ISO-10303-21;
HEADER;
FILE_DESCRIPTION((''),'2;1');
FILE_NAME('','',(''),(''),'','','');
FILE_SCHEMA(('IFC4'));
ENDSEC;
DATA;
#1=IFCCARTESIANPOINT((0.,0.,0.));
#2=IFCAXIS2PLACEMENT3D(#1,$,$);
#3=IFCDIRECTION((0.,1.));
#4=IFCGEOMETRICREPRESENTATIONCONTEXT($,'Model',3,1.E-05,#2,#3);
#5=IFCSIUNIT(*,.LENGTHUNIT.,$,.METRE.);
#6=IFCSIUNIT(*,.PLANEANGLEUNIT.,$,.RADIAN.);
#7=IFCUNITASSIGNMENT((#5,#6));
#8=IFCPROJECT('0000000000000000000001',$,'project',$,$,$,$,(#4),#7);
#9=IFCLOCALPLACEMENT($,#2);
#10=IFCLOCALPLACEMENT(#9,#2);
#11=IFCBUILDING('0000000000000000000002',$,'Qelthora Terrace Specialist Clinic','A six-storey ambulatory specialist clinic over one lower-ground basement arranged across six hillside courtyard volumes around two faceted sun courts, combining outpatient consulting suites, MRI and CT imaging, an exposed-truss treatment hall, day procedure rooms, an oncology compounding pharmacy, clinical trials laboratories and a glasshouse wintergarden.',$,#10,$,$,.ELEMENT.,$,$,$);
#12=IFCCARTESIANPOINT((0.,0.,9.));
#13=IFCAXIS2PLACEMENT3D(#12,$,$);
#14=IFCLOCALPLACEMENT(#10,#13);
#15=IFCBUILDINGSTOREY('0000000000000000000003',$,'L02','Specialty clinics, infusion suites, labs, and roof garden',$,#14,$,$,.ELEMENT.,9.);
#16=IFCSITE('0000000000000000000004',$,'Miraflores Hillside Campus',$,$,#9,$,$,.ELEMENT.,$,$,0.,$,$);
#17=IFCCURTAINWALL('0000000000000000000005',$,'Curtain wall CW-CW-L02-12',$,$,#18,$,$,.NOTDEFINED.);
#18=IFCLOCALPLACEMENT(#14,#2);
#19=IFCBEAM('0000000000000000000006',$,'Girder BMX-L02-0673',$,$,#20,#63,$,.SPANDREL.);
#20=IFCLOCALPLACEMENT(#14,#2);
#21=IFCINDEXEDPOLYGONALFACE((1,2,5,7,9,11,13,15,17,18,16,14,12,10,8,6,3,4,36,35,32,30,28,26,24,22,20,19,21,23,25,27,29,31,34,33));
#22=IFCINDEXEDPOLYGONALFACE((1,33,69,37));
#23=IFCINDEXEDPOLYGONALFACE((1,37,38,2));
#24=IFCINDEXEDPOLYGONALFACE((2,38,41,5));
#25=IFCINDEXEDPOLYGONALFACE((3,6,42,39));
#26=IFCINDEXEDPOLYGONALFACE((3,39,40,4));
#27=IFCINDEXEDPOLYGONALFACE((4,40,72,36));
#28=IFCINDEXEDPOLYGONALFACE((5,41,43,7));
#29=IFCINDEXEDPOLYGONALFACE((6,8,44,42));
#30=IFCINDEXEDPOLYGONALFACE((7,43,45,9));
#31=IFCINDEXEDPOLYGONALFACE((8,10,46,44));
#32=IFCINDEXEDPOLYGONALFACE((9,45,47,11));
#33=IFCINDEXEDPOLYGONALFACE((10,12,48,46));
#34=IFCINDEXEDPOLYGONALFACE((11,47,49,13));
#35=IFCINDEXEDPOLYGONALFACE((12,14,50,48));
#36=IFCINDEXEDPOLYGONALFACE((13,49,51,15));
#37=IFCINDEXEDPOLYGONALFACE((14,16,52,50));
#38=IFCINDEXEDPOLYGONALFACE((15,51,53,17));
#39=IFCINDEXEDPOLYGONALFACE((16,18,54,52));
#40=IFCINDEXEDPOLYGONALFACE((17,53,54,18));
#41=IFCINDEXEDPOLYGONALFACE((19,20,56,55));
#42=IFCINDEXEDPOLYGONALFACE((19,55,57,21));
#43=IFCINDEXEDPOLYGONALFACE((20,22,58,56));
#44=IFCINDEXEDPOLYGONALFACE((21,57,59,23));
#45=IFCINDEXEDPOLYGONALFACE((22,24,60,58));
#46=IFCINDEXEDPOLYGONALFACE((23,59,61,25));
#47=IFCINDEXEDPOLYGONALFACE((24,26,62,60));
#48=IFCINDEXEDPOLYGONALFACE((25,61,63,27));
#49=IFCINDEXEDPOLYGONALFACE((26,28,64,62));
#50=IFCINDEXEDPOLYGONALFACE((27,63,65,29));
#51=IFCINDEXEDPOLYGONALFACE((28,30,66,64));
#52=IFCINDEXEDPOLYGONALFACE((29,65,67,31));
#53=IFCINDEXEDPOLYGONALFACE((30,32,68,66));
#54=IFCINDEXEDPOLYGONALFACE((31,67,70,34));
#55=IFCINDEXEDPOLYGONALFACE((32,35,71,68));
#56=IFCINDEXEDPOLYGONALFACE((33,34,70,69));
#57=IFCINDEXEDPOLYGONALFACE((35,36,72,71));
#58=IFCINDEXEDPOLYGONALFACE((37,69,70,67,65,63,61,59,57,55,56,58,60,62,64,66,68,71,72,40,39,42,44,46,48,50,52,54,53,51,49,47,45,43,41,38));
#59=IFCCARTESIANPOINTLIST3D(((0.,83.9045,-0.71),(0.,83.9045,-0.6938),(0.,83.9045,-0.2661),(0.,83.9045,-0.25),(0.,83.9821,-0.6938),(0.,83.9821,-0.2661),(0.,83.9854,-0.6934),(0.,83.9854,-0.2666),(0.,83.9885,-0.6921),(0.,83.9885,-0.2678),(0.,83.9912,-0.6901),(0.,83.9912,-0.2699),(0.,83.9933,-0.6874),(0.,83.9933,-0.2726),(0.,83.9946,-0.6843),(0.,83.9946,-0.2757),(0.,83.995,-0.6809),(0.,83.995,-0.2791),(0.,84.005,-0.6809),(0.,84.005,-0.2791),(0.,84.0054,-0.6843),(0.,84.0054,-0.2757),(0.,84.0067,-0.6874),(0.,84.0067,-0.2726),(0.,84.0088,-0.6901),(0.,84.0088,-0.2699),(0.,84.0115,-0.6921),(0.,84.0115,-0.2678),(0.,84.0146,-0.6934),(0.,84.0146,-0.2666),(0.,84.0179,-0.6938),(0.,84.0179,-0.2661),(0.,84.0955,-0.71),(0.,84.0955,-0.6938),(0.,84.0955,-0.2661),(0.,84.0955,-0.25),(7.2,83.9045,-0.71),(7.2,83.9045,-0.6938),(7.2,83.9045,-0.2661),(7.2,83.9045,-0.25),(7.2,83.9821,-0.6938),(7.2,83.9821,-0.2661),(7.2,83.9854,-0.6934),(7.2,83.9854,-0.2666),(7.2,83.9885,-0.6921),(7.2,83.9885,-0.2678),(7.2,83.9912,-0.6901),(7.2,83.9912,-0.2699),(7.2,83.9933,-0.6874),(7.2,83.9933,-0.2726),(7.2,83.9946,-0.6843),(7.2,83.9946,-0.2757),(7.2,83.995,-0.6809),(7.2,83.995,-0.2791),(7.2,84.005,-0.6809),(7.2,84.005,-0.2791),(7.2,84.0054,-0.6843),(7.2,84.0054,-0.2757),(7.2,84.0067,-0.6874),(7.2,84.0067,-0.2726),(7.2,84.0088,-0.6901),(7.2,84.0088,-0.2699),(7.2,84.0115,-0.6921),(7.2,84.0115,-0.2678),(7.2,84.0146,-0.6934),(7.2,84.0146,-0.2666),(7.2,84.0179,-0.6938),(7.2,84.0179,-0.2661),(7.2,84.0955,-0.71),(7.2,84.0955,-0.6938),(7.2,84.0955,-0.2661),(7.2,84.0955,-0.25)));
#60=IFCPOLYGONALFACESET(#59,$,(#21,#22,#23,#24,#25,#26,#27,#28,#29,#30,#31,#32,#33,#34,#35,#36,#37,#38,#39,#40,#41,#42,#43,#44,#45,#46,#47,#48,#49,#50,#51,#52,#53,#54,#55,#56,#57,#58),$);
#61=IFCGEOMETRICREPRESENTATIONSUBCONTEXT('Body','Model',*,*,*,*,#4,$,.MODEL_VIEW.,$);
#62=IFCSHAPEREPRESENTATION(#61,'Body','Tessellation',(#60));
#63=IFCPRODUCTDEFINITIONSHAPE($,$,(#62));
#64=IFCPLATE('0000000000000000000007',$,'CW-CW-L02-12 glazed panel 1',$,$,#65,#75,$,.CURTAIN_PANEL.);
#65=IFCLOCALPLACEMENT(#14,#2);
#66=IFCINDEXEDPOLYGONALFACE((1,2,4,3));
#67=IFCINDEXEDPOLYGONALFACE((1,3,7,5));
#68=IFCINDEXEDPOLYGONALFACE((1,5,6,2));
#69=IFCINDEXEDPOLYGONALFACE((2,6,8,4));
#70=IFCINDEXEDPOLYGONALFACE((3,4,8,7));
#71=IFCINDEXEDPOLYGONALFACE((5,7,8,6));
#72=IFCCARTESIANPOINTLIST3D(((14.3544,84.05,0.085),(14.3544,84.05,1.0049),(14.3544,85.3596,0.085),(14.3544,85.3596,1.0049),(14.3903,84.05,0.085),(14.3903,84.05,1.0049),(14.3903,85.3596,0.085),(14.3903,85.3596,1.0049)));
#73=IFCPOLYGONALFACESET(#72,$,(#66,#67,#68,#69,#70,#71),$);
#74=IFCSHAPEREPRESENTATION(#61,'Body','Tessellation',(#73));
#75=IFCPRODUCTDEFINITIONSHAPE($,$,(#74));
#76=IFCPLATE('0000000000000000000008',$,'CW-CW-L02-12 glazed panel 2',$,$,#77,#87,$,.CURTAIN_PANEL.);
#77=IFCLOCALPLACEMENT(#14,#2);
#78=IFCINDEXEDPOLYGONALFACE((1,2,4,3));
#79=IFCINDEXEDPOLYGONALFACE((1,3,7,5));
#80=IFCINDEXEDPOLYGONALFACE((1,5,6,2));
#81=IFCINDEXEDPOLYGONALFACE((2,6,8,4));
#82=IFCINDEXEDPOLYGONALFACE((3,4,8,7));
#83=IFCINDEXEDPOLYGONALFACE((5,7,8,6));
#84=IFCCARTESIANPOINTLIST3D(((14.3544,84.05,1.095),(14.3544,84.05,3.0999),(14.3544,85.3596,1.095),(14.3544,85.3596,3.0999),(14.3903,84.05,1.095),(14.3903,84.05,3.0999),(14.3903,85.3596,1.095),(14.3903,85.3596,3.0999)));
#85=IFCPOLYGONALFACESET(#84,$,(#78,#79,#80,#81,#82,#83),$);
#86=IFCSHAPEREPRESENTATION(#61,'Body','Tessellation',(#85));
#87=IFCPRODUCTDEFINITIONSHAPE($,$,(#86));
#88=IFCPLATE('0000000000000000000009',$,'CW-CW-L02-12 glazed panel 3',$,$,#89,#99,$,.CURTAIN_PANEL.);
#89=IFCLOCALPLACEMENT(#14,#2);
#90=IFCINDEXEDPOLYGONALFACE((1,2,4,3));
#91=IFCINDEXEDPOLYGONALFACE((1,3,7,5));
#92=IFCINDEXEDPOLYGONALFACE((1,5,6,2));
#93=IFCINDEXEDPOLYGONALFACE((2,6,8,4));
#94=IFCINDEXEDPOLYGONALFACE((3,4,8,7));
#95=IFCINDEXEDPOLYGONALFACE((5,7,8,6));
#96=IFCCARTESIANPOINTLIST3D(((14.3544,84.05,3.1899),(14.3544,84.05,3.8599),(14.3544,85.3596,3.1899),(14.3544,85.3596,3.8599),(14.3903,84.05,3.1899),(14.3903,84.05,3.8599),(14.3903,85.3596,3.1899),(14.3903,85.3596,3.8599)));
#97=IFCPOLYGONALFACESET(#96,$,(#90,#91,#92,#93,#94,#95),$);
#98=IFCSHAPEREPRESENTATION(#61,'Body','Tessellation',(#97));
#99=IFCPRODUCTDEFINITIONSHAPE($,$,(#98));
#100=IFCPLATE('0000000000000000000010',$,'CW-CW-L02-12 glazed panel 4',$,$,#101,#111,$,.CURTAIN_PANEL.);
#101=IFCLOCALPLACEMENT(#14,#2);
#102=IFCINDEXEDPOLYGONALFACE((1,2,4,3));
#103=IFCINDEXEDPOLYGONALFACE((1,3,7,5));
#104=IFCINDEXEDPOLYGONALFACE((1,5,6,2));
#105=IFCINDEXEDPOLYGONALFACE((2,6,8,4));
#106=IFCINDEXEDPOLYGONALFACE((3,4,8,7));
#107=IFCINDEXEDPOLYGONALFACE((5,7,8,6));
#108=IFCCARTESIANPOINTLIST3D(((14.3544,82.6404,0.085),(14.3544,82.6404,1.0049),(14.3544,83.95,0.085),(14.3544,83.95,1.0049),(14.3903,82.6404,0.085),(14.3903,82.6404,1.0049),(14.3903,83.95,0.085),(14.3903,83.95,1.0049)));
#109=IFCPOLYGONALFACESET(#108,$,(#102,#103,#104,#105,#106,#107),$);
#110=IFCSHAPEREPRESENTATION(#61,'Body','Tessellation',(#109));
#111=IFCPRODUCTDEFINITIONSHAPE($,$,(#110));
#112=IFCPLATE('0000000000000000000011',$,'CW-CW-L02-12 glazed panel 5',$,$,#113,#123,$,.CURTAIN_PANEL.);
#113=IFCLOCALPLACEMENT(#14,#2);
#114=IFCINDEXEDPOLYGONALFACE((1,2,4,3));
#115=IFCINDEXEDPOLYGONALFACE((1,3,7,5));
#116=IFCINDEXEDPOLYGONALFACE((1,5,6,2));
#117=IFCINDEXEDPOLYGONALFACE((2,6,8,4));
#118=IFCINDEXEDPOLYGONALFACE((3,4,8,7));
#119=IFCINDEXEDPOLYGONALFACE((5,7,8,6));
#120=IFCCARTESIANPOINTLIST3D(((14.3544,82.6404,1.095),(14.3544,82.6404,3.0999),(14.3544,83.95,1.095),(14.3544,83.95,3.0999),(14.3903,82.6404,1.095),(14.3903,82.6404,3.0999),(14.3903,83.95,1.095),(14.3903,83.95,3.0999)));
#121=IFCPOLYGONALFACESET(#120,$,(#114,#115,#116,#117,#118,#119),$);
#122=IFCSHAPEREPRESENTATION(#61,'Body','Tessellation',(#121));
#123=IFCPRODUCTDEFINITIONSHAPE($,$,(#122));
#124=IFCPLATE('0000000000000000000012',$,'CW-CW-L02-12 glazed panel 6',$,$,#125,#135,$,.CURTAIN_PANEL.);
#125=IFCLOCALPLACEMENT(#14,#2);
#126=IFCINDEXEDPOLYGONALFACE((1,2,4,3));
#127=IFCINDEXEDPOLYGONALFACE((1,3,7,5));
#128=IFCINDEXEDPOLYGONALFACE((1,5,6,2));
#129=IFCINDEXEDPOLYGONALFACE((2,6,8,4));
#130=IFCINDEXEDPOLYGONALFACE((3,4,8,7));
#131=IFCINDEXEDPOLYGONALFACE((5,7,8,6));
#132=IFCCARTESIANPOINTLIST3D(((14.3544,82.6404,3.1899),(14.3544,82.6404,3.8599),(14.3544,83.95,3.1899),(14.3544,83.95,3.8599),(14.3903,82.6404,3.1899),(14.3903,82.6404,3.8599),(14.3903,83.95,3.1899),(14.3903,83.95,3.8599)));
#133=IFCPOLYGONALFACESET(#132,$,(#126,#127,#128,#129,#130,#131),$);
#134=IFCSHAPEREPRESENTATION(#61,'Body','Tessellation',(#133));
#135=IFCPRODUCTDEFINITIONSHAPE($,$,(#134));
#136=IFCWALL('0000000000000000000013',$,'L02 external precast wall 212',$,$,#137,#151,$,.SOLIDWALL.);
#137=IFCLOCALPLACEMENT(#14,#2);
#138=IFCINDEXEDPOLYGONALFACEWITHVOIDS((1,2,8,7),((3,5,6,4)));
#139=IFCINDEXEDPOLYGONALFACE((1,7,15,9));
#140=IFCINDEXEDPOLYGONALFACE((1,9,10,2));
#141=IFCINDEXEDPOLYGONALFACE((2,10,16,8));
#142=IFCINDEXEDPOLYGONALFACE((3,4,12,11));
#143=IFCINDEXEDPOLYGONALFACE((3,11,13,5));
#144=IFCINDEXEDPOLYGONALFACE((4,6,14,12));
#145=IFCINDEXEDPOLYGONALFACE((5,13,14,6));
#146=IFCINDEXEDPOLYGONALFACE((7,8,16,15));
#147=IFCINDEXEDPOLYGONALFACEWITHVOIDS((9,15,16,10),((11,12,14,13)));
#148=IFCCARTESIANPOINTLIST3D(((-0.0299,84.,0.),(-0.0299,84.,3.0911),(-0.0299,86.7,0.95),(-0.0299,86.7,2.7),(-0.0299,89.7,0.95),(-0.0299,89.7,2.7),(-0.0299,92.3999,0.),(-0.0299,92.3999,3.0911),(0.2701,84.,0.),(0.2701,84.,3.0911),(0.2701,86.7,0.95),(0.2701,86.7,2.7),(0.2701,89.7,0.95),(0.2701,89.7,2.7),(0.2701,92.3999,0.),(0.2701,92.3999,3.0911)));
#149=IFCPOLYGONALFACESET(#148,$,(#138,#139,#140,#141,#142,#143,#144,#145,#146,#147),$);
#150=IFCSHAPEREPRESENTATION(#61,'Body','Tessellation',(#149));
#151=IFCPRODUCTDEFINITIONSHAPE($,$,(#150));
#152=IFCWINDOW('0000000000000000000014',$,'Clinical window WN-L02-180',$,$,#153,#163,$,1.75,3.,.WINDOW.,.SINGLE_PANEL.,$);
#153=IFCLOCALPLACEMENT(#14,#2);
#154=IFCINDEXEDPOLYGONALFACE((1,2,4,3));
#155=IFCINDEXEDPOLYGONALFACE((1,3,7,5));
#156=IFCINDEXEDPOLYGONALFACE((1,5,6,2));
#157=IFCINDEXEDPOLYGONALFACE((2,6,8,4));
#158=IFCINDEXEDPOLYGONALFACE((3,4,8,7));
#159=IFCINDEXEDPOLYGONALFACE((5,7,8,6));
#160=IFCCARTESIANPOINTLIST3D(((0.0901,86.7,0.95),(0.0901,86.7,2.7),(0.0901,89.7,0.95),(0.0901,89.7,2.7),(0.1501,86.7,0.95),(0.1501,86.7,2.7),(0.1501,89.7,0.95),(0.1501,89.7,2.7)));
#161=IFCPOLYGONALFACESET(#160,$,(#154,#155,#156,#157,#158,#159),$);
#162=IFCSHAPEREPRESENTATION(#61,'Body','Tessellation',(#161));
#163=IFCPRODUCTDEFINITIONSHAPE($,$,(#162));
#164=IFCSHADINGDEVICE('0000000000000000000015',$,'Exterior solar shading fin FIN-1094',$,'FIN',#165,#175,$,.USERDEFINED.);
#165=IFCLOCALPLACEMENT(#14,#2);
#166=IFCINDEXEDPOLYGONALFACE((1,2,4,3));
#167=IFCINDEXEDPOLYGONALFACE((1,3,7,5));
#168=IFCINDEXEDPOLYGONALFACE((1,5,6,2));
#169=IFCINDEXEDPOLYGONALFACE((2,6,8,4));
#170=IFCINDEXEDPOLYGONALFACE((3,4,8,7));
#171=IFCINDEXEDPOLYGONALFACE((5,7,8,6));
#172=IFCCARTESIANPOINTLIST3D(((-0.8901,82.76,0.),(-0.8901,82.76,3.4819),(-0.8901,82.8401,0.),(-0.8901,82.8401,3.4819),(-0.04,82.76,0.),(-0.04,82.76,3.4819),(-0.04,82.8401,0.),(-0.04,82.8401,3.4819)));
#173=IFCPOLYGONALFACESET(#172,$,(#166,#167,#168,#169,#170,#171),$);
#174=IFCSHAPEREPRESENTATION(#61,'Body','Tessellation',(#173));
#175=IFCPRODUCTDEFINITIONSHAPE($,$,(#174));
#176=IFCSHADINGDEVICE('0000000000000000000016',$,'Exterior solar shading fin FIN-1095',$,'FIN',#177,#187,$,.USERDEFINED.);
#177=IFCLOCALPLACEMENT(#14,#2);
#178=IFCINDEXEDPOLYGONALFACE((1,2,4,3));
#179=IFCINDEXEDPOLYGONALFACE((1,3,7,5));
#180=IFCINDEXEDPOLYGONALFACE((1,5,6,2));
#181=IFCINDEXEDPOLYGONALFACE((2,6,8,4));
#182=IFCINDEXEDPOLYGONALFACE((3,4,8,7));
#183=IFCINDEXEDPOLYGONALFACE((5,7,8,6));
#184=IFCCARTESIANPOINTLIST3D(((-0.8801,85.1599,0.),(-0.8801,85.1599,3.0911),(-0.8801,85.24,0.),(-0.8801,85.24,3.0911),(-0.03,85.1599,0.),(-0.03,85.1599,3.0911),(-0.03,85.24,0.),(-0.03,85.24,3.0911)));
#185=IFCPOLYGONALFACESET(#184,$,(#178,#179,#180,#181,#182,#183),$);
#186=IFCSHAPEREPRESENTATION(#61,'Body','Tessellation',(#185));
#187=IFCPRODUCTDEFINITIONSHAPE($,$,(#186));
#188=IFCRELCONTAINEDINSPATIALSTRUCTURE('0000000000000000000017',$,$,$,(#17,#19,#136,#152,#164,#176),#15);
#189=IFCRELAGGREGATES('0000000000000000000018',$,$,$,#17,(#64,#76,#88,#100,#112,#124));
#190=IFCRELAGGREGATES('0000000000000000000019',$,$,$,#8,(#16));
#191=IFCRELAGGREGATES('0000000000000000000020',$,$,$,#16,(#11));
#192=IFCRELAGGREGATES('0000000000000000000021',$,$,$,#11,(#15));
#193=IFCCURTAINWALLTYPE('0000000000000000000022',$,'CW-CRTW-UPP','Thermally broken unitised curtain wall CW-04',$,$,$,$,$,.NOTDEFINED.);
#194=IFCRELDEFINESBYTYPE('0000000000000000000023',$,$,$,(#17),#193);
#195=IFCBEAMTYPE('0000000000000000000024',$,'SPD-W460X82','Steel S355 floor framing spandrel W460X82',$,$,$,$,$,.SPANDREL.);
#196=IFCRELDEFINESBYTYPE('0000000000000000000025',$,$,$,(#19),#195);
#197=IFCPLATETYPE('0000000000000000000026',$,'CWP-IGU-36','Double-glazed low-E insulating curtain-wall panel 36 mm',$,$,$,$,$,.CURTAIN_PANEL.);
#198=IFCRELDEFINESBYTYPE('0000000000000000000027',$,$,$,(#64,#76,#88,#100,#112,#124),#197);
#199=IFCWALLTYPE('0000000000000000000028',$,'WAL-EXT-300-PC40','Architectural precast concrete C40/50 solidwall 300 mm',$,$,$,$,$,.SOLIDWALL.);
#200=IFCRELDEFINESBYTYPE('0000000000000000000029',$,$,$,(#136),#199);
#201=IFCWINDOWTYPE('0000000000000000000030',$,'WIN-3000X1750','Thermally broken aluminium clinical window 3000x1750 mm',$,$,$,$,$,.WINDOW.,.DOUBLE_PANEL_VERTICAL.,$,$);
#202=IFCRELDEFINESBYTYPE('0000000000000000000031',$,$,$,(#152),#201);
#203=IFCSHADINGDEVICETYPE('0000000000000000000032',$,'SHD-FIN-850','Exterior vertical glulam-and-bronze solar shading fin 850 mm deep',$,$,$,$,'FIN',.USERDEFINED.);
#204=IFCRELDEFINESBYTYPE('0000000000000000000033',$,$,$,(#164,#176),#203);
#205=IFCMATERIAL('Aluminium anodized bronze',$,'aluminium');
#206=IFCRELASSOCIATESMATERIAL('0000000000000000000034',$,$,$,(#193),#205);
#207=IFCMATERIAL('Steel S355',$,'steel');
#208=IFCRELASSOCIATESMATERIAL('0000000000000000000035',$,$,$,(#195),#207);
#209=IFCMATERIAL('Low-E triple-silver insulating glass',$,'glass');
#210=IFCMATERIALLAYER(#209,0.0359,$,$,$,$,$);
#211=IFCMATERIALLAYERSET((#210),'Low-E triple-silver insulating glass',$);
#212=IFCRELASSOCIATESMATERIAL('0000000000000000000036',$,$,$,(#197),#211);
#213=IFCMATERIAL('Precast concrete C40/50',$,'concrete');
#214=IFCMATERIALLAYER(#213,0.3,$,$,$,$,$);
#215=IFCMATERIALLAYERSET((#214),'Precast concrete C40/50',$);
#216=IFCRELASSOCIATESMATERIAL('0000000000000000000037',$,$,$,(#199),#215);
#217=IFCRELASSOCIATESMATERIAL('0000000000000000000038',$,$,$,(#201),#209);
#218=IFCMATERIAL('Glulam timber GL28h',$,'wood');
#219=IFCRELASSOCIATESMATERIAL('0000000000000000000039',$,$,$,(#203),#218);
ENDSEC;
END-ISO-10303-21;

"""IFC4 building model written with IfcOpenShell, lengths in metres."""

from ifc_helpers import new_model, si_unit, direction, frame, frame_2d, origin, origin_2d, place, context, subcontext, project, spatial, rectangle, i_section, extrude, material, layer, layer_set, material_profile, profile_set, type_object, element, fill, aggregate, save


model = new_model("IFC4")

# Units and contexts
model_context = context("Model", 3, precision=1e-05, world=origin(), true_north=direction((0.0, 1.0)))
body_context = subcontext(model_context, "Body", "Model", "MODEL_VIEW")
ifc_project = project(units=[si_unit("LENGTHUNIT", "METRE"), si_unit("PLANEANGLEUNIT", "RADIAN")], contexts=[model_context])

# Site, building, storey
site_placement = place(None, origin())
site = spatial("IfcSite", under=ifc_project, at=site_placement, Name="Miraflores Hillside Campus", CompositionType="ELEMENT", RefElevation=0.0)
building_placement = place(site_placement, origin())
building = spatial("IfcBuilding", under=site, at=building_placement, Name="Qelthora Terrace Specialist Clinic", Description="A six-storey ambulatory specialist clinic over one lower-ground basement arranged across six hillside courtyard volumes around two faceted sun courts, combining outpatient consulting suites, MRI and CT imaging, an exposed-truss treatment hall, day procedure rooms, an oncology compounding pharmacy, clinical trials laboratories and a glasshouse wintergarden.", CompositionType="ELEMENT")
storey_placement = place(building_placement, frame((0.0, 0.0, 9.0)))
storey = spatial("IfcBuildingStorey", under=building, at=storey_placement, Name="L02", Description="Specialty clinics, infusion suites, labs, and roof garden", CompositionType="ELEMENT", Elevation=9.0)

# Shared definitions
ifc_material_1 = material(Name="Steel S355", Category="steel")

# Curtain wall
ifc_material_2 = material(Name="Aluminium anodized bronze", Category="aluminium")
curtain_wall_type = type_object("IfcCurtainWallType", Name="CW-CRTW-UPP", Description="Thermally broken unitised curtain wall CW-04", PredefinedType="NOTDEFINED", material=ifc_material_2)
curtain_wall_placement = place(storey_placement, origin())
curtain_wall = element("IfcCurtainWall", 1, at=curtain_wall_placement, inside=storey, type_object=curtain_wall_type, Name="Curtain wall CW-CW-L02-12", PredefinedType="NOTDEFINED")

# Beam
ifc_material_profile_1 = material_profile(ifc_material_1, i_section(OverallWidth=0.1909, OverallDepth=0.46, WebThickness=0.01, FlangeThickness=0.0161, FilletRadius=0.0129, at=origin_2d()), Name="W460X82")
ifc_profile_set_1 = profile_set([ifc_material_profile_1], Name="Steel S355")
beam_type_1 = type_object("IfcBeamType", Name="SPD-W460X82", Description="Steel S355 floor framing spandrel W460X82", PredefinedType="SPANDREL", material=ifc_profile_set_1)
beam_1_placement = place(storey_placement, frame((0.0, 84.0, -0.48), z_axis=(1.0, 0.0, 0.0), x_axis=(0.0, 1.0, 0.0)))
element("IfcBeam", 2, at=beam_1_placement, inside=storey, type_object=beam_type_1, Name="Girder BMX-L02-0673", PredefinedType="SPANDREL", context=body_context, shape_type="SweptSolid", body=[
    extrude(i_section(OverallWidth=0.1909, OverallDepth=0.46, WebThickness=0.01, FlangeThickness=0.0161, FilletRadius=0.0129, at=origin_2d()), origin(), (0.0, 0.0, 1.0), 7.2),
])

# Plates
ifc_material_3 = material(Name="Low-E triple-silver insulating glass", Category="glass")
ifc_layer_1 = layer(ifc_material_3, 0.0359)
ifc_layer_set_1 = layer_set([ifc_layer_1], Name="Low-E triple-silver insulating glass")
plate_type = type_object("IfcPlateType", Name="CWP-IGU-36", Description="Double-glazed low-E insulating curtain-wall panel 36 mm", PredefinedType="CURTAIN_PANEL", material=ifc_layer_set_1)
plate_1_placement = place(storey_placement, frame((14.3723, 84.7048, 0.085), z_axis=(0.0, 0.0, 1.0), x_axis=(0.0, -1.0, 0.0)))
plate_1 = element("IfcPlate", 3, at=plate_1_placement, type_object=plate_type, Name="CW-CW-L02-12 glazed panel 1", PredefinedType="CURTAIN_PANEL", context=body_context, shape_type="SweptSolid", body=[
    extrude(rectangle(XDim=1.3096, YDim=0.0359, at=origin_2d()), origin(), (0.0, 0.0, 1.0), 0.9199),
])
plate_2_placement = place(storey_placement, frame((14.3723, 84.7048, 1.095), z_axis=(0.0, 0.0, 1.0), x_axis=(0.0, -1.0, 0.0)))
plate_2 = element("IfcPlate", 4, at=plate_2_placement, type_object=plate_type, Name="CW-CW-L02-12 glazed panel 2", PredefinedType="CURTAIN_PANEL", context=body_context, shape_type="SweptSolid", body=[
    extrude(rectangle(XDim=1.3096, YDim=0.0359, at=origin_2d()), origin(), (0.0, 0.0, 1.0), 2.0049),
])
plate_3_placement = place(storey_placement, frame((14.3723, 84.7048, 3.1899), z_axis=(0.0, 0.0, 1.0), x_axis=(0.0, -1.0, 0.0)))
plate_3 = element("IfcPlate", 5, at=plate_3_placement, type_object=plate_type, Name="CW-CW-L02-12 glazed panel 3", PredefinedType="CURTAIN_PANEL", context=body_context, shape_type="SweptSolid", body=[
    extrude(rectangle(XDim=1.3096, YDim=0.0359, at=origin_2d()), origin(), (0.0, 0.0, 1.0), 0.6699),
])
plate_4_placement = place(storey_placement, frame((14.3723, 83.2952, 0.085), z_axis=(0.0, 0.0, 1.0), x_axis=(0.0, -1.0, 0.0)))
plate_4 = element("IfcPlate", 6, at=plate_4_placement, type_object=plate_type, Name="CW-CW-L02-12 glazed panel 4", PredefinedType="CURTAIN_PANEL", context=body_context, shape_type="SweptSolid", body=[
    extrude(rectangle(XDim=1.3096, YDim=0.0359, at=origin_2d()), origin(), (0.0, 0.0, 1.0), 0.9199),
])
plate_5_placement = place(storey_placement, frame((14.3723, 83.2952, 1.095), z_axis=(0.0, 0.0, 1.0), x_axis=(0.0, -1.0, 0.0)))
plate_5 = element("IfcPlate", 7, at=plate_5_placement, type_object=plate_type, Name="CW-CW-L02-12 glazed panel 5", PredefinedType="CURTAIN_PANEL", context=body_context, shape_type="SweptSolid", body=[
    extrude(rectangle(XDim=1.3096, YDim=0.0359, at=origin_2d()), origin(), (0.0, 0.0, 1.0), 2.0049),
])
plate_6_placement = place(storey_placement, frame((14.3723, 83.2952, 3.1899), z_axis=(0.0, 0.0, 1.0), x_axis=(0.0, -1.0, 0.0)))
plate_6 = element("IfcPlate", 8, at=plate_6_placement, type_object=plate_type, Name="CW-CW-L02-12 glazed panel 6", PredefinedType="CURTAIN_PANEL", context=body_context, shape_type="SweptSolid", body=[
    extrude(rectangle(XDim=1.3096, YDim=0.0359, at=origin_2d()), origin(), (0.0, 0.0, 1.0), 0.6699),
])
aggregate(curtain_wall, [plate_1, plate_2, plate_3, plate_4, plate_5, plate_6])

# Wall, opening, window
ifc_material_4 = material(Name="Precast concrete C40/50", Category="concrete")
ifc_layer_2 = layer(ifc_material_4, 0.3)
ifc_layer_set_2 = layer_set([ifc_layer_2], Name="Precast concrete C40/50")
wall_type = type_object("IfcWallType", Name="WAL-EXT-300-PC40", Description="Architectural precast concrete C40/50 solidwall 300 mm", PredefinedType="SOLIDWALL", material=ifc_layer_set_2)
wall_placement = place(storey_placement, frame((0.1201, 84.0, 0.0), z_axis=(0.0, 0.0, 1.0), x_axis=(0.0, 1.0, 0.0)))
wall = element("IfcWall", 9, at=wall_placement, inside=storey, type_object=wall_type, Name="L02 external precast wall 212", PredefinedType="SOLIDWALL", context=body_context, shape_type="SweptSolid", body=[
    extrude(rectangle(XDim=8.3999, YDim=0.3, at=frame_2d((4.2, 0.0))), origin(), (0.0, 0.0, 1.0), 3.0911),
])
opening_placement = place(wall_placement, frame((2.7, 0.0, 0.95)))
opening = element("IfcOpeningElement", 10, at=opening_placement, cuts=wall, PredefinedType="OPENING", context=body_context, shape_type="SweptSolid", body=[
    extrude(rectangle(XDim=3.0, YDim=1.75, at=frame_2d((1.5, 0.875))), frame((0.0, 0.1599, 0.0), z_axis=(0.0, -1.0, 0.0), x_axis=(1.0, 0.0, 0.0)), (0.0, 0.0, 1.0), 0.3201),
])
window_type = type_object("IfcWindowType", Name="WIN-3000X1750", Description="Thermally broken aluminium clinical window 3000x1750 mm", PartitioningType="DOUBLE_PANEL_VERTICAL", PredefinedType="WINDOW", material=ifc_material_3)
window_placement = place(opening_placement, origin())
window = element("IfcWindow", 11, at=window_placement, inside=storey, type_object=window_type, Name="Clinical window WN-L02-180", OverallHeight=1.75, OverallWidth=3.0, PartitioningType="SINGLE_PANEL", PredefinedType="WINDOW", context=body_context, shape_type="SweptSolid", body=[
    extrude(rectangle(XDim=3.0, YDim=1.75, at=frame_2d((1.5, 0.875))), frame((0.0, 0.03, 0.0), z_axis=(0.0, -1.0, 0.0), x_axis=(1.0, 0.0, 0.0)), (0.0, 0.0, 1.0), 0.0601),
])
fill(opening, window)

# Shading devices
ifc_material_5 = material(Name="Glulam timber GL28h", Category="wood")
shading_device_type = type_object("IfcShadingDeviceType", Name="SHD-FIN-850", Description="Exterior vertical glulam-and-bronze solar shading fin 850 mm deep", ElementType="FIN", PredefinedType="USERDEFINED", material=ifc_material_5)
shading_device_placement = place(storey_placement, frame((-0.4651, 82.8, 0.0), z_axis=(0.0, 0.0, 1.0), x_axis=(-1.0, 0.0, 0.0)))
element("IfcShadingDevice", 12, at=shading_device_placement, inside=storey, type_object=shading_device_type, Name="Exterior solar shading fin FIN-1094", ObjectType="FIN", PredefinedType="USERDEFINED", context=body_context, shape_type="SweptSolid", body=[
    extrude(rectangle(XDim=0.8501, YDim=0.0801, at=origin_2d()), origin(), (0.0, 0.0, 1.0), 3.4819),
])
for number, where, z_axis, x_axis, name in (
    (13, (-0.4551, 85.2, 0.0), (0.0, 0.0, 1.0), (-1.0, 0.0, 0.0), "Exterior solar shading fin FIN-1095"),
):
    element("IfcShadingDevice", number, at=place(storey_placement, frame(where, z_axis=z_axis, x_axis=x_axis)), inside=storey, type_object=shading_device_type, Name=name, ObjectType="FIN", PredefinedType="USERDEFINED", context=body_context, shape_type="SweptSolid", body=[
        extrude(rectangle(XDim=0.8501, YDim=0.0801, at=origin_2d()), origin(), (0.0, 0.0, 1.0), 3.0911),
    ])

save(model, "model.ifc")
